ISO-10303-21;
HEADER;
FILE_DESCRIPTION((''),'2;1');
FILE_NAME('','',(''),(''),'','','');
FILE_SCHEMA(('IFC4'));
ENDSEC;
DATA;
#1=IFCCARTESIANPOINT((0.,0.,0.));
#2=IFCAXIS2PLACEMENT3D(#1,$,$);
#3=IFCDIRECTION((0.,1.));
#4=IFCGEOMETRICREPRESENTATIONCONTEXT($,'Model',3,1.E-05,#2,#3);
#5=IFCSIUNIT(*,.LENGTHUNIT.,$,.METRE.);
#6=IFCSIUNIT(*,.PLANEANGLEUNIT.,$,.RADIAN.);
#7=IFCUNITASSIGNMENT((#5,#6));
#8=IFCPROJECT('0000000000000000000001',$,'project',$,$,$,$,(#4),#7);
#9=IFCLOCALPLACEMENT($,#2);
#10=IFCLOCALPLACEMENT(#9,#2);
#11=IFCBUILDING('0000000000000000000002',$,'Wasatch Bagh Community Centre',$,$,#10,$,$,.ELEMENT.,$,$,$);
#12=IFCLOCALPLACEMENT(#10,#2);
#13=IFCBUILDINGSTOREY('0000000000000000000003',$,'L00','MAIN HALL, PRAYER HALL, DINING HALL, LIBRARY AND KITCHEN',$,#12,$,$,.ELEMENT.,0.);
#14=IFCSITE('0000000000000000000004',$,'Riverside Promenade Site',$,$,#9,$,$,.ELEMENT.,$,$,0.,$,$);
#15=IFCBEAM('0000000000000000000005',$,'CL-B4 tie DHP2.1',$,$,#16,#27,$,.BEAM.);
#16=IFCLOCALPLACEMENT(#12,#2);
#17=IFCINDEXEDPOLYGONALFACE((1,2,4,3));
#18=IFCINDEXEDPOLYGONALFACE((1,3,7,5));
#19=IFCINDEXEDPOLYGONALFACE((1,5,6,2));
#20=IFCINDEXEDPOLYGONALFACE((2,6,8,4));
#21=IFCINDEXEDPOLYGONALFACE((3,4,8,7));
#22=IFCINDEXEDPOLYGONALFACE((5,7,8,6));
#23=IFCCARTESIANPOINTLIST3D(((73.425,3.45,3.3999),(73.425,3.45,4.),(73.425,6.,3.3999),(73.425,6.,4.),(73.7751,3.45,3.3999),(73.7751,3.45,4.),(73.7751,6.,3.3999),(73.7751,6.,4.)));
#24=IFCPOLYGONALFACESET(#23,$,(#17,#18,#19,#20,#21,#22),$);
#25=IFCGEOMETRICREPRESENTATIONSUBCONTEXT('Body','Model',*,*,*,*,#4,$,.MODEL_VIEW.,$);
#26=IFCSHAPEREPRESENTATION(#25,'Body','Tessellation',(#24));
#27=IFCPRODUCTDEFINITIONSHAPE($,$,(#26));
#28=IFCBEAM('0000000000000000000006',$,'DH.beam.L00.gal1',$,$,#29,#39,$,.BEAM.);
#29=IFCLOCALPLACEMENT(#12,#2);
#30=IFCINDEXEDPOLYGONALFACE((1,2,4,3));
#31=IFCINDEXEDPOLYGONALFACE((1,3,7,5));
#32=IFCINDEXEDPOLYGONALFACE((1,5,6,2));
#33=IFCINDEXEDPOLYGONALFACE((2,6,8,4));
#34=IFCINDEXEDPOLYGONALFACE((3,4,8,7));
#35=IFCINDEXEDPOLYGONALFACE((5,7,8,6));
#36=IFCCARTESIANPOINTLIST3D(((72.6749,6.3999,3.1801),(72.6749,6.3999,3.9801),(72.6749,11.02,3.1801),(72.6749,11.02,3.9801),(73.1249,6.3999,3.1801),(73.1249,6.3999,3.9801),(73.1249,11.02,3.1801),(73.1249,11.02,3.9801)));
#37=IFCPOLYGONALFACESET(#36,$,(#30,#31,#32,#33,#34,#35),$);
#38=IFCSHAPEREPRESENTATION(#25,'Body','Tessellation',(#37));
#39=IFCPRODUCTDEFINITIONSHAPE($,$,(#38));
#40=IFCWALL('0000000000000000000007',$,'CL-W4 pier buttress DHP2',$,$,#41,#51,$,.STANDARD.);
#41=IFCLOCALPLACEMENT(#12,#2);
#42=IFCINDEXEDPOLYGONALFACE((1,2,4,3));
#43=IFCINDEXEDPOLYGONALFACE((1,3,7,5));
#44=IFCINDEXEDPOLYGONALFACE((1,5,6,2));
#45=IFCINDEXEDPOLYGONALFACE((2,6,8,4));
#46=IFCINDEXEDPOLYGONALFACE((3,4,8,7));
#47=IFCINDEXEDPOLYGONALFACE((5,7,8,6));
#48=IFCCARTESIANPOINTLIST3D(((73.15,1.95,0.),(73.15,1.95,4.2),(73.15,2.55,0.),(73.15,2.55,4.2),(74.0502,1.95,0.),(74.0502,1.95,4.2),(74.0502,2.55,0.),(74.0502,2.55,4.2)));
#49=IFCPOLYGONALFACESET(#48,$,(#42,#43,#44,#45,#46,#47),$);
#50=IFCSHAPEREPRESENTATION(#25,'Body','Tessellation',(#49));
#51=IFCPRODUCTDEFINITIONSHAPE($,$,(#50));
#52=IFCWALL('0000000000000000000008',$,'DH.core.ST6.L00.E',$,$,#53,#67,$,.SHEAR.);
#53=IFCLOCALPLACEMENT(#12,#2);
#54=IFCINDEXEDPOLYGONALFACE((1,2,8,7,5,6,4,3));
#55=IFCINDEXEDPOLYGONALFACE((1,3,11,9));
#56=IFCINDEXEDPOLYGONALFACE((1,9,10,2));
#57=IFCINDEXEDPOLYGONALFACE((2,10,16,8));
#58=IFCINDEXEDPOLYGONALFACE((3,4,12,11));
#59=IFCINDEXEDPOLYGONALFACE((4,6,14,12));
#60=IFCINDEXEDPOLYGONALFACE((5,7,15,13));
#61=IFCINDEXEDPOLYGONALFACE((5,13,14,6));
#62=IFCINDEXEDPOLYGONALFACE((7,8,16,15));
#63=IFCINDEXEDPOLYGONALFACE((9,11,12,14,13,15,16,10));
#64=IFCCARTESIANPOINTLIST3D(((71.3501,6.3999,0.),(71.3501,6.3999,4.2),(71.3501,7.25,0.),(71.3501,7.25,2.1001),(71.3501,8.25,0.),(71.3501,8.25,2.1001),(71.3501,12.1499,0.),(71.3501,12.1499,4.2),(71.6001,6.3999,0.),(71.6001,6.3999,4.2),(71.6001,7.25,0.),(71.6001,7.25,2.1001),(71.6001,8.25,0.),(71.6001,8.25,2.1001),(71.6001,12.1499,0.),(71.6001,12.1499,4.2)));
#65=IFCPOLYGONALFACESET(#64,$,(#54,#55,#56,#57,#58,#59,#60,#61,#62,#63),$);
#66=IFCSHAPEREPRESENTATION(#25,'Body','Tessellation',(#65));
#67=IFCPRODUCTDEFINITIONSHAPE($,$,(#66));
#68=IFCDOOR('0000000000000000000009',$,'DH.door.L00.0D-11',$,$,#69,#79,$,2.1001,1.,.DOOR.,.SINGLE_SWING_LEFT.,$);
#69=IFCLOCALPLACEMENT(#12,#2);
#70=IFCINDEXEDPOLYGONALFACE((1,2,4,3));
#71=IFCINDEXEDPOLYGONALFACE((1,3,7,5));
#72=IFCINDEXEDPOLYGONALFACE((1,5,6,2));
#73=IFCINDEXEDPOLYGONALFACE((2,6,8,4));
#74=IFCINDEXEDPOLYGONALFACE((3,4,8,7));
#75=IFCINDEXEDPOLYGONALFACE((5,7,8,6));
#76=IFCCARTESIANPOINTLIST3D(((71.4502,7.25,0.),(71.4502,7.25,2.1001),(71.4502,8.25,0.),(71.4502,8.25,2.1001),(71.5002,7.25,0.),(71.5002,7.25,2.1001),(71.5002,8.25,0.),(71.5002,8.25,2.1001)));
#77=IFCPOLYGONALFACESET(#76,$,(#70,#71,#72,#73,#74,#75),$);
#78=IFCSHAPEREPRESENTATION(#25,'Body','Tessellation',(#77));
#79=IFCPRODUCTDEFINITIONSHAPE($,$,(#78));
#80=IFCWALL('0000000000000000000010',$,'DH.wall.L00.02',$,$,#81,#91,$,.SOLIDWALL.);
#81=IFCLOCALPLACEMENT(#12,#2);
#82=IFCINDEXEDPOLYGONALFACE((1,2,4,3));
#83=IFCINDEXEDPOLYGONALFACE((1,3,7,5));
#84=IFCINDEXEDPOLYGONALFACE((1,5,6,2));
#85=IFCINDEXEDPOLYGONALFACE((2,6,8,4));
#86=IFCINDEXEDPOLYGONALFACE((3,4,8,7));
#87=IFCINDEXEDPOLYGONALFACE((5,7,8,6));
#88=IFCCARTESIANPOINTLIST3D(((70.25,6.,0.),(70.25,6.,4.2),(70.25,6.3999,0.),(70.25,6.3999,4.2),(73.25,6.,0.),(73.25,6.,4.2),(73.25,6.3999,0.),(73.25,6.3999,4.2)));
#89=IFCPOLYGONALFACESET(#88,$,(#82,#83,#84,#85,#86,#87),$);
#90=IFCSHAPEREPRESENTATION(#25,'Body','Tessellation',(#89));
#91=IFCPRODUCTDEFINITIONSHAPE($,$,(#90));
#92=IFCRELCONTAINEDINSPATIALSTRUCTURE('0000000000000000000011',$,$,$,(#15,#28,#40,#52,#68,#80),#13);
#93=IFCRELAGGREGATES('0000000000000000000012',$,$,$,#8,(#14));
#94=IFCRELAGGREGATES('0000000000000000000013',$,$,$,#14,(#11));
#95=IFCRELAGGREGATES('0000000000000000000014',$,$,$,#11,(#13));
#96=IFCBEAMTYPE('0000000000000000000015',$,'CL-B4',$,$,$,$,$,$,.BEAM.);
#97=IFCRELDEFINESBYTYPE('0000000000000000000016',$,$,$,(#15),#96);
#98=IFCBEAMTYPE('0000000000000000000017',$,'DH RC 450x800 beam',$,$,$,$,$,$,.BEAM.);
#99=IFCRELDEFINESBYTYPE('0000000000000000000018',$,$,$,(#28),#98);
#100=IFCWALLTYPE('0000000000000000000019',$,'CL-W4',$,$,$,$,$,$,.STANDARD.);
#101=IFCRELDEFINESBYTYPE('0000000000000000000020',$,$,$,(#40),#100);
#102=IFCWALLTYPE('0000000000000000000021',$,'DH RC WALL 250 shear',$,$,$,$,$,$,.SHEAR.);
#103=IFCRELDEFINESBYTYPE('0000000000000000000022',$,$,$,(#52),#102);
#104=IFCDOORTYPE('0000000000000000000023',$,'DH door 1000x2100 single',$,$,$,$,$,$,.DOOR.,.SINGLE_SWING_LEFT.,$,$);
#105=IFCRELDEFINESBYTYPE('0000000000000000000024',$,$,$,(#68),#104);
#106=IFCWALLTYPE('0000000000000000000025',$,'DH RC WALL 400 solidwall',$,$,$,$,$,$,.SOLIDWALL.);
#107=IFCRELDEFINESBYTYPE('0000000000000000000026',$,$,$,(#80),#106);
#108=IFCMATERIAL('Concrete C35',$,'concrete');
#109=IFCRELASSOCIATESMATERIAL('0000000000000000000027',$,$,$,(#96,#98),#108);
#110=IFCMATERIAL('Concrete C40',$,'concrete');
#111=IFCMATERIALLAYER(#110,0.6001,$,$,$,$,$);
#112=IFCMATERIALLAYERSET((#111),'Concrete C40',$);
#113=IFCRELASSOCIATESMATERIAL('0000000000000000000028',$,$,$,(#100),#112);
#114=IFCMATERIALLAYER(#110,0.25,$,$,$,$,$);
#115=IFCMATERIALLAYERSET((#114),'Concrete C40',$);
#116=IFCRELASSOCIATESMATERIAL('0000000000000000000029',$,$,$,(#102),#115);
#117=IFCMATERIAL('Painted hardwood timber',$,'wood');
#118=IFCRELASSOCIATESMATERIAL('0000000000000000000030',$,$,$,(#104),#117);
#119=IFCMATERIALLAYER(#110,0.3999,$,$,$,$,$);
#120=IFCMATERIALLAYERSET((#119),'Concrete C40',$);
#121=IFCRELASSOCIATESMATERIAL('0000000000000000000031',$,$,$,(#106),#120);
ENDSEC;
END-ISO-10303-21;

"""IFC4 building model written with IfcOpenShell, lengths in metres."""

from ifc_helpers import new_model, si_unit, direction, frame, frame_2d, origin, origin_2d, place, context, subcontext, project, spatial, rectangle, extrude, material, layer, layer_set, material_profile, profile_set, type_object, element, fill, save


model = new_model("IFC4")

# Units and contexts
model_context = context("Model", 3, precision=1e-05, world=origin(), true_north=direction((0.0, 1.0)))
body_context = subcontext(model_context, "Body", "Model", "MODEL_VIEW")
ifc_project = project(units=[si_unit("LENGTHUNIT", "METRE"), si_unit("PLANEANGLEUNIT", "RADIAN")], contexts=[model_context])

# Site, building, storey
site_placement = place(None, origin())
site = spatial("IfcSite", under=ifc_project, at=site_placement, Name="Riverside Promenade Site", CompositionType="ELEMENT", RefElevation=0.0)
building_placement = place(site_placement, origin())
building = spatial("IfcBuilding", under=site, at=building_placement, Name="Wasatch Bagh Community Centre", CompositionType="ELEMENT")
storey_placement = place(building_placement, origin())
storey = spatial("IfcBuildingStorey", under=building, at=storey_placement, Name="L00", Description="MAIN HALL, PRAYER HALL, DINING HALL, LIBRARY AND KITCHEN", CompositionType="ELEMENT", Elevation=0.0)

# Shared definitions
ifc_material_1 = material(Name="Concrete C35", Category="concrete")

# Shared definitions
ifc_material_2 = material(Name="Concrete C40", Category="concrete")

# Beams
ifc_material_profile_1 = material_profile(ifc_material_1, rectangle(XDim=0.3501, YDim=0.6001, at=origin_2d()), Name="RC 350x600")
ifc_profile_set_1 = profile_set([ifc_material_profile_1], Name="Concrete C35")
beam_type_1 = type_object("IfcBeamType", Name="CL-B4", PredefinedType="BEAM", material=ifc_profile_set_1)
beam_1_placement = place(storey_placement, frame((73.6001, 6.0, 3.7), z_axis=(0.0, -1.0, 0.0), x_axis=(1.0, 0.0, 0.0)))
element("IfcBeam", 1, at=beam_1_placement, inside=storey, type_object=beam_type_1, Name="CL-B4 tie DHP2.1", PredefinedType="BEAM", context=body_context, shape_type="SweptSolid", body=[
    extrude(rectangle(XDim=0.3501, YDim=0.6001, at=origin_2d()), origin(), (0.0, 0.0, 1.0), 2.55),
])
ifc_material_profile_2 = material_profile(ifc_material_1, rectangle(XDim=0.45, YDim=0.8, at=origin_2d()), Name="RC 450x800")
ifc_profile_set_2 = profile_set([ifc_material_profile_2], Name="Concrete C35")
beam_type_2 = type_object("IfcBeamType", Name="DH RC 450x800 beam", PredefinedType="BEAM", material=ifc_profile_set_2)
beam_2_placement = place(storey_placement, frame((72.8999, 6.3999, 3.5801), z_axis=(0.0, 1.0, 0.0), x_axis=(-1.0, 0.0, 0.0)))
element("IfcBeam", 2, at=beam_2_placement, inside=storey, type_object=beam_type_2, Name="DH.beam.L00.gal1", PredefinedType="BEAM", context=body_context, shape_type="SweptSolid", body=[
    extrude(rectangle(XDim=0.45, YDim=0.8, at=origin_2d()), origin(), (0.0, 0.0, 1.0), 4.6201),
])

# Wall
ifc_layer_1 = layer(ifc_material_2, 0.6001)
ifc_layer_set_1 = layer_set([ifc_layer_1], Name="Concrete C40")
wall_type_1 = type_object("IfcWallType", Name="CL-W4", PredefinedType="STANDARD", material=ifc_layer_set_1)
wall_1_placement = place(storey_placement, frame((73.1499, 2.25, 0.0), z_axis=(0.0, 0.0, 1.0), x_axis=(1.0, 0.0, 0.0)))
element("IfcWall", 3, at=wall_1_placement, inside=storey, type_object=wall_type_1, Name="CL-W4 pier buttress DHP2", PredefinedType="STANDARD", context=body_context, shape_type="SweptSolid", body=[
    extrude(rectangle(XDim=0.9001, YDim=0.6001, at=frame_2d((0.4502, 0.0))), origin(), (0.0, 0.0, 1.0), 4.2),
])

# Wall, opening, door
ifc_layer_2 = layer(ifc_material_2, 0.25)
ifc_layer_set_2 = layer_set([ifc_layer_2], Name="Concrete C40")
wall_type_2 = type_object("IfcWallType", Name="DH RC WALL 250 shear", PredefinedType="SHEAR", material=ifc_layer_set_2)
wall_2_placement = place(storey_placement, frame((71.4751, 6.3999, 0.0), z_axis=(0.0, 0.0, 1.0), x_axis=(0.0, 1.0, 0.0)))
wall_2 = element("IfcWall", 4, at=wall_2_placement, inside=storey, type_object=wall_type_2, Name="DH.core.ST6.L00.E", PredefinedType="SHEAR", context=body_context, shape_type="SweptSolid", body=[
    extrude(rectangle(XDim=5.75, YDim=0.25, at=frame_2d((2.875, 0.0))), origin(), (0.0, 0.0, 1.0), 4.2),
])
opening_placement = place(wall_2_placement, frame((0.8501, 0.0, 0.0)))
opening = element("IfcOpeningElement", 5, at=opening_placement, cuts=wall_2, PredefinedType="OPENING", context=body_context, shape_type="SweptSolid", body=[
    extrude(rectangle(XDim=1.0, YDim=2.1001, at=frame_2d((0.5, 1.05))), frame((0.0, 0.135, 0.0), z_axis=(0.0, -1.0, 0.0), x_axis=(1.0, 0.0, 0.0)), (0.0, 0.0, 1.0), 0.27),
])
ifc_material_3 = material(Name="Painted hardwood timber", Category="wood")
door_type = type_object("IfcDoorType", Name="DH door 1000x2100 single", OperationType="SINGLE_SWING_LEFT", PredefinedType="DOOR", material=ifc_material_3)
door_placement = place(opening_placement, origin())
door = element("IfcDoor", 6, at=door_placement, inside=storey, type_object=door_type, Name="DH.door.L00.0D-11", OperationType="SINGLE_SWING_LEFT", OverallHeight=2.1001, OverallWidth=1.0, PredefinedType="DOOR", context=body_context, shape_type="SweptSolid", body=[
    extrude(rectangle(XDim=1.0, YDim=2.1001, at=frame_2d((0.5, 1.05))), frame((0.0, 0.0249, 0.0), z_axis=(0.0, -1.0, 0.0), x_axis=(1.0, 0.0, 0.0)), (0.0, 0.0, 1.0), 0.05),
])
fill(opening, door)

# Wall
ifc_layer_3 = layer(ifc_material_2, 0.3999)
ifc_layer_set_3 = layer_set([ifc_layer_3], Name="Concrete C40")
wall_type_3 = type_object("IfcWallType", Name="DH RC WALL 400 solidwall", PredefinedType="SOLIDWALL", material=ifc_layer_set_3)
wall_3_placement = place(storey_placement, frame((73.25, 6.2, 0.0), z_axis=(0.0, 0.0, 1.0), x_axis=(-1.0, 0.0, 0.0)))
element("IfcWall", 7, at=wall_3_placement, inside=storey, type_object=wall_type_3, Name="DH.wall.L00.02", PredefinedType="SOLIDWALL", context=body_context, shape_type="SweptSolid", body=[
    extrude(rectangle(XDim=3.0, YDim=0.3999, at=frame_2d((1.5, 0.0))), origin(), (0.0, 0.0, 1.0), 4.2),
])

save(model, "model.ifc")
